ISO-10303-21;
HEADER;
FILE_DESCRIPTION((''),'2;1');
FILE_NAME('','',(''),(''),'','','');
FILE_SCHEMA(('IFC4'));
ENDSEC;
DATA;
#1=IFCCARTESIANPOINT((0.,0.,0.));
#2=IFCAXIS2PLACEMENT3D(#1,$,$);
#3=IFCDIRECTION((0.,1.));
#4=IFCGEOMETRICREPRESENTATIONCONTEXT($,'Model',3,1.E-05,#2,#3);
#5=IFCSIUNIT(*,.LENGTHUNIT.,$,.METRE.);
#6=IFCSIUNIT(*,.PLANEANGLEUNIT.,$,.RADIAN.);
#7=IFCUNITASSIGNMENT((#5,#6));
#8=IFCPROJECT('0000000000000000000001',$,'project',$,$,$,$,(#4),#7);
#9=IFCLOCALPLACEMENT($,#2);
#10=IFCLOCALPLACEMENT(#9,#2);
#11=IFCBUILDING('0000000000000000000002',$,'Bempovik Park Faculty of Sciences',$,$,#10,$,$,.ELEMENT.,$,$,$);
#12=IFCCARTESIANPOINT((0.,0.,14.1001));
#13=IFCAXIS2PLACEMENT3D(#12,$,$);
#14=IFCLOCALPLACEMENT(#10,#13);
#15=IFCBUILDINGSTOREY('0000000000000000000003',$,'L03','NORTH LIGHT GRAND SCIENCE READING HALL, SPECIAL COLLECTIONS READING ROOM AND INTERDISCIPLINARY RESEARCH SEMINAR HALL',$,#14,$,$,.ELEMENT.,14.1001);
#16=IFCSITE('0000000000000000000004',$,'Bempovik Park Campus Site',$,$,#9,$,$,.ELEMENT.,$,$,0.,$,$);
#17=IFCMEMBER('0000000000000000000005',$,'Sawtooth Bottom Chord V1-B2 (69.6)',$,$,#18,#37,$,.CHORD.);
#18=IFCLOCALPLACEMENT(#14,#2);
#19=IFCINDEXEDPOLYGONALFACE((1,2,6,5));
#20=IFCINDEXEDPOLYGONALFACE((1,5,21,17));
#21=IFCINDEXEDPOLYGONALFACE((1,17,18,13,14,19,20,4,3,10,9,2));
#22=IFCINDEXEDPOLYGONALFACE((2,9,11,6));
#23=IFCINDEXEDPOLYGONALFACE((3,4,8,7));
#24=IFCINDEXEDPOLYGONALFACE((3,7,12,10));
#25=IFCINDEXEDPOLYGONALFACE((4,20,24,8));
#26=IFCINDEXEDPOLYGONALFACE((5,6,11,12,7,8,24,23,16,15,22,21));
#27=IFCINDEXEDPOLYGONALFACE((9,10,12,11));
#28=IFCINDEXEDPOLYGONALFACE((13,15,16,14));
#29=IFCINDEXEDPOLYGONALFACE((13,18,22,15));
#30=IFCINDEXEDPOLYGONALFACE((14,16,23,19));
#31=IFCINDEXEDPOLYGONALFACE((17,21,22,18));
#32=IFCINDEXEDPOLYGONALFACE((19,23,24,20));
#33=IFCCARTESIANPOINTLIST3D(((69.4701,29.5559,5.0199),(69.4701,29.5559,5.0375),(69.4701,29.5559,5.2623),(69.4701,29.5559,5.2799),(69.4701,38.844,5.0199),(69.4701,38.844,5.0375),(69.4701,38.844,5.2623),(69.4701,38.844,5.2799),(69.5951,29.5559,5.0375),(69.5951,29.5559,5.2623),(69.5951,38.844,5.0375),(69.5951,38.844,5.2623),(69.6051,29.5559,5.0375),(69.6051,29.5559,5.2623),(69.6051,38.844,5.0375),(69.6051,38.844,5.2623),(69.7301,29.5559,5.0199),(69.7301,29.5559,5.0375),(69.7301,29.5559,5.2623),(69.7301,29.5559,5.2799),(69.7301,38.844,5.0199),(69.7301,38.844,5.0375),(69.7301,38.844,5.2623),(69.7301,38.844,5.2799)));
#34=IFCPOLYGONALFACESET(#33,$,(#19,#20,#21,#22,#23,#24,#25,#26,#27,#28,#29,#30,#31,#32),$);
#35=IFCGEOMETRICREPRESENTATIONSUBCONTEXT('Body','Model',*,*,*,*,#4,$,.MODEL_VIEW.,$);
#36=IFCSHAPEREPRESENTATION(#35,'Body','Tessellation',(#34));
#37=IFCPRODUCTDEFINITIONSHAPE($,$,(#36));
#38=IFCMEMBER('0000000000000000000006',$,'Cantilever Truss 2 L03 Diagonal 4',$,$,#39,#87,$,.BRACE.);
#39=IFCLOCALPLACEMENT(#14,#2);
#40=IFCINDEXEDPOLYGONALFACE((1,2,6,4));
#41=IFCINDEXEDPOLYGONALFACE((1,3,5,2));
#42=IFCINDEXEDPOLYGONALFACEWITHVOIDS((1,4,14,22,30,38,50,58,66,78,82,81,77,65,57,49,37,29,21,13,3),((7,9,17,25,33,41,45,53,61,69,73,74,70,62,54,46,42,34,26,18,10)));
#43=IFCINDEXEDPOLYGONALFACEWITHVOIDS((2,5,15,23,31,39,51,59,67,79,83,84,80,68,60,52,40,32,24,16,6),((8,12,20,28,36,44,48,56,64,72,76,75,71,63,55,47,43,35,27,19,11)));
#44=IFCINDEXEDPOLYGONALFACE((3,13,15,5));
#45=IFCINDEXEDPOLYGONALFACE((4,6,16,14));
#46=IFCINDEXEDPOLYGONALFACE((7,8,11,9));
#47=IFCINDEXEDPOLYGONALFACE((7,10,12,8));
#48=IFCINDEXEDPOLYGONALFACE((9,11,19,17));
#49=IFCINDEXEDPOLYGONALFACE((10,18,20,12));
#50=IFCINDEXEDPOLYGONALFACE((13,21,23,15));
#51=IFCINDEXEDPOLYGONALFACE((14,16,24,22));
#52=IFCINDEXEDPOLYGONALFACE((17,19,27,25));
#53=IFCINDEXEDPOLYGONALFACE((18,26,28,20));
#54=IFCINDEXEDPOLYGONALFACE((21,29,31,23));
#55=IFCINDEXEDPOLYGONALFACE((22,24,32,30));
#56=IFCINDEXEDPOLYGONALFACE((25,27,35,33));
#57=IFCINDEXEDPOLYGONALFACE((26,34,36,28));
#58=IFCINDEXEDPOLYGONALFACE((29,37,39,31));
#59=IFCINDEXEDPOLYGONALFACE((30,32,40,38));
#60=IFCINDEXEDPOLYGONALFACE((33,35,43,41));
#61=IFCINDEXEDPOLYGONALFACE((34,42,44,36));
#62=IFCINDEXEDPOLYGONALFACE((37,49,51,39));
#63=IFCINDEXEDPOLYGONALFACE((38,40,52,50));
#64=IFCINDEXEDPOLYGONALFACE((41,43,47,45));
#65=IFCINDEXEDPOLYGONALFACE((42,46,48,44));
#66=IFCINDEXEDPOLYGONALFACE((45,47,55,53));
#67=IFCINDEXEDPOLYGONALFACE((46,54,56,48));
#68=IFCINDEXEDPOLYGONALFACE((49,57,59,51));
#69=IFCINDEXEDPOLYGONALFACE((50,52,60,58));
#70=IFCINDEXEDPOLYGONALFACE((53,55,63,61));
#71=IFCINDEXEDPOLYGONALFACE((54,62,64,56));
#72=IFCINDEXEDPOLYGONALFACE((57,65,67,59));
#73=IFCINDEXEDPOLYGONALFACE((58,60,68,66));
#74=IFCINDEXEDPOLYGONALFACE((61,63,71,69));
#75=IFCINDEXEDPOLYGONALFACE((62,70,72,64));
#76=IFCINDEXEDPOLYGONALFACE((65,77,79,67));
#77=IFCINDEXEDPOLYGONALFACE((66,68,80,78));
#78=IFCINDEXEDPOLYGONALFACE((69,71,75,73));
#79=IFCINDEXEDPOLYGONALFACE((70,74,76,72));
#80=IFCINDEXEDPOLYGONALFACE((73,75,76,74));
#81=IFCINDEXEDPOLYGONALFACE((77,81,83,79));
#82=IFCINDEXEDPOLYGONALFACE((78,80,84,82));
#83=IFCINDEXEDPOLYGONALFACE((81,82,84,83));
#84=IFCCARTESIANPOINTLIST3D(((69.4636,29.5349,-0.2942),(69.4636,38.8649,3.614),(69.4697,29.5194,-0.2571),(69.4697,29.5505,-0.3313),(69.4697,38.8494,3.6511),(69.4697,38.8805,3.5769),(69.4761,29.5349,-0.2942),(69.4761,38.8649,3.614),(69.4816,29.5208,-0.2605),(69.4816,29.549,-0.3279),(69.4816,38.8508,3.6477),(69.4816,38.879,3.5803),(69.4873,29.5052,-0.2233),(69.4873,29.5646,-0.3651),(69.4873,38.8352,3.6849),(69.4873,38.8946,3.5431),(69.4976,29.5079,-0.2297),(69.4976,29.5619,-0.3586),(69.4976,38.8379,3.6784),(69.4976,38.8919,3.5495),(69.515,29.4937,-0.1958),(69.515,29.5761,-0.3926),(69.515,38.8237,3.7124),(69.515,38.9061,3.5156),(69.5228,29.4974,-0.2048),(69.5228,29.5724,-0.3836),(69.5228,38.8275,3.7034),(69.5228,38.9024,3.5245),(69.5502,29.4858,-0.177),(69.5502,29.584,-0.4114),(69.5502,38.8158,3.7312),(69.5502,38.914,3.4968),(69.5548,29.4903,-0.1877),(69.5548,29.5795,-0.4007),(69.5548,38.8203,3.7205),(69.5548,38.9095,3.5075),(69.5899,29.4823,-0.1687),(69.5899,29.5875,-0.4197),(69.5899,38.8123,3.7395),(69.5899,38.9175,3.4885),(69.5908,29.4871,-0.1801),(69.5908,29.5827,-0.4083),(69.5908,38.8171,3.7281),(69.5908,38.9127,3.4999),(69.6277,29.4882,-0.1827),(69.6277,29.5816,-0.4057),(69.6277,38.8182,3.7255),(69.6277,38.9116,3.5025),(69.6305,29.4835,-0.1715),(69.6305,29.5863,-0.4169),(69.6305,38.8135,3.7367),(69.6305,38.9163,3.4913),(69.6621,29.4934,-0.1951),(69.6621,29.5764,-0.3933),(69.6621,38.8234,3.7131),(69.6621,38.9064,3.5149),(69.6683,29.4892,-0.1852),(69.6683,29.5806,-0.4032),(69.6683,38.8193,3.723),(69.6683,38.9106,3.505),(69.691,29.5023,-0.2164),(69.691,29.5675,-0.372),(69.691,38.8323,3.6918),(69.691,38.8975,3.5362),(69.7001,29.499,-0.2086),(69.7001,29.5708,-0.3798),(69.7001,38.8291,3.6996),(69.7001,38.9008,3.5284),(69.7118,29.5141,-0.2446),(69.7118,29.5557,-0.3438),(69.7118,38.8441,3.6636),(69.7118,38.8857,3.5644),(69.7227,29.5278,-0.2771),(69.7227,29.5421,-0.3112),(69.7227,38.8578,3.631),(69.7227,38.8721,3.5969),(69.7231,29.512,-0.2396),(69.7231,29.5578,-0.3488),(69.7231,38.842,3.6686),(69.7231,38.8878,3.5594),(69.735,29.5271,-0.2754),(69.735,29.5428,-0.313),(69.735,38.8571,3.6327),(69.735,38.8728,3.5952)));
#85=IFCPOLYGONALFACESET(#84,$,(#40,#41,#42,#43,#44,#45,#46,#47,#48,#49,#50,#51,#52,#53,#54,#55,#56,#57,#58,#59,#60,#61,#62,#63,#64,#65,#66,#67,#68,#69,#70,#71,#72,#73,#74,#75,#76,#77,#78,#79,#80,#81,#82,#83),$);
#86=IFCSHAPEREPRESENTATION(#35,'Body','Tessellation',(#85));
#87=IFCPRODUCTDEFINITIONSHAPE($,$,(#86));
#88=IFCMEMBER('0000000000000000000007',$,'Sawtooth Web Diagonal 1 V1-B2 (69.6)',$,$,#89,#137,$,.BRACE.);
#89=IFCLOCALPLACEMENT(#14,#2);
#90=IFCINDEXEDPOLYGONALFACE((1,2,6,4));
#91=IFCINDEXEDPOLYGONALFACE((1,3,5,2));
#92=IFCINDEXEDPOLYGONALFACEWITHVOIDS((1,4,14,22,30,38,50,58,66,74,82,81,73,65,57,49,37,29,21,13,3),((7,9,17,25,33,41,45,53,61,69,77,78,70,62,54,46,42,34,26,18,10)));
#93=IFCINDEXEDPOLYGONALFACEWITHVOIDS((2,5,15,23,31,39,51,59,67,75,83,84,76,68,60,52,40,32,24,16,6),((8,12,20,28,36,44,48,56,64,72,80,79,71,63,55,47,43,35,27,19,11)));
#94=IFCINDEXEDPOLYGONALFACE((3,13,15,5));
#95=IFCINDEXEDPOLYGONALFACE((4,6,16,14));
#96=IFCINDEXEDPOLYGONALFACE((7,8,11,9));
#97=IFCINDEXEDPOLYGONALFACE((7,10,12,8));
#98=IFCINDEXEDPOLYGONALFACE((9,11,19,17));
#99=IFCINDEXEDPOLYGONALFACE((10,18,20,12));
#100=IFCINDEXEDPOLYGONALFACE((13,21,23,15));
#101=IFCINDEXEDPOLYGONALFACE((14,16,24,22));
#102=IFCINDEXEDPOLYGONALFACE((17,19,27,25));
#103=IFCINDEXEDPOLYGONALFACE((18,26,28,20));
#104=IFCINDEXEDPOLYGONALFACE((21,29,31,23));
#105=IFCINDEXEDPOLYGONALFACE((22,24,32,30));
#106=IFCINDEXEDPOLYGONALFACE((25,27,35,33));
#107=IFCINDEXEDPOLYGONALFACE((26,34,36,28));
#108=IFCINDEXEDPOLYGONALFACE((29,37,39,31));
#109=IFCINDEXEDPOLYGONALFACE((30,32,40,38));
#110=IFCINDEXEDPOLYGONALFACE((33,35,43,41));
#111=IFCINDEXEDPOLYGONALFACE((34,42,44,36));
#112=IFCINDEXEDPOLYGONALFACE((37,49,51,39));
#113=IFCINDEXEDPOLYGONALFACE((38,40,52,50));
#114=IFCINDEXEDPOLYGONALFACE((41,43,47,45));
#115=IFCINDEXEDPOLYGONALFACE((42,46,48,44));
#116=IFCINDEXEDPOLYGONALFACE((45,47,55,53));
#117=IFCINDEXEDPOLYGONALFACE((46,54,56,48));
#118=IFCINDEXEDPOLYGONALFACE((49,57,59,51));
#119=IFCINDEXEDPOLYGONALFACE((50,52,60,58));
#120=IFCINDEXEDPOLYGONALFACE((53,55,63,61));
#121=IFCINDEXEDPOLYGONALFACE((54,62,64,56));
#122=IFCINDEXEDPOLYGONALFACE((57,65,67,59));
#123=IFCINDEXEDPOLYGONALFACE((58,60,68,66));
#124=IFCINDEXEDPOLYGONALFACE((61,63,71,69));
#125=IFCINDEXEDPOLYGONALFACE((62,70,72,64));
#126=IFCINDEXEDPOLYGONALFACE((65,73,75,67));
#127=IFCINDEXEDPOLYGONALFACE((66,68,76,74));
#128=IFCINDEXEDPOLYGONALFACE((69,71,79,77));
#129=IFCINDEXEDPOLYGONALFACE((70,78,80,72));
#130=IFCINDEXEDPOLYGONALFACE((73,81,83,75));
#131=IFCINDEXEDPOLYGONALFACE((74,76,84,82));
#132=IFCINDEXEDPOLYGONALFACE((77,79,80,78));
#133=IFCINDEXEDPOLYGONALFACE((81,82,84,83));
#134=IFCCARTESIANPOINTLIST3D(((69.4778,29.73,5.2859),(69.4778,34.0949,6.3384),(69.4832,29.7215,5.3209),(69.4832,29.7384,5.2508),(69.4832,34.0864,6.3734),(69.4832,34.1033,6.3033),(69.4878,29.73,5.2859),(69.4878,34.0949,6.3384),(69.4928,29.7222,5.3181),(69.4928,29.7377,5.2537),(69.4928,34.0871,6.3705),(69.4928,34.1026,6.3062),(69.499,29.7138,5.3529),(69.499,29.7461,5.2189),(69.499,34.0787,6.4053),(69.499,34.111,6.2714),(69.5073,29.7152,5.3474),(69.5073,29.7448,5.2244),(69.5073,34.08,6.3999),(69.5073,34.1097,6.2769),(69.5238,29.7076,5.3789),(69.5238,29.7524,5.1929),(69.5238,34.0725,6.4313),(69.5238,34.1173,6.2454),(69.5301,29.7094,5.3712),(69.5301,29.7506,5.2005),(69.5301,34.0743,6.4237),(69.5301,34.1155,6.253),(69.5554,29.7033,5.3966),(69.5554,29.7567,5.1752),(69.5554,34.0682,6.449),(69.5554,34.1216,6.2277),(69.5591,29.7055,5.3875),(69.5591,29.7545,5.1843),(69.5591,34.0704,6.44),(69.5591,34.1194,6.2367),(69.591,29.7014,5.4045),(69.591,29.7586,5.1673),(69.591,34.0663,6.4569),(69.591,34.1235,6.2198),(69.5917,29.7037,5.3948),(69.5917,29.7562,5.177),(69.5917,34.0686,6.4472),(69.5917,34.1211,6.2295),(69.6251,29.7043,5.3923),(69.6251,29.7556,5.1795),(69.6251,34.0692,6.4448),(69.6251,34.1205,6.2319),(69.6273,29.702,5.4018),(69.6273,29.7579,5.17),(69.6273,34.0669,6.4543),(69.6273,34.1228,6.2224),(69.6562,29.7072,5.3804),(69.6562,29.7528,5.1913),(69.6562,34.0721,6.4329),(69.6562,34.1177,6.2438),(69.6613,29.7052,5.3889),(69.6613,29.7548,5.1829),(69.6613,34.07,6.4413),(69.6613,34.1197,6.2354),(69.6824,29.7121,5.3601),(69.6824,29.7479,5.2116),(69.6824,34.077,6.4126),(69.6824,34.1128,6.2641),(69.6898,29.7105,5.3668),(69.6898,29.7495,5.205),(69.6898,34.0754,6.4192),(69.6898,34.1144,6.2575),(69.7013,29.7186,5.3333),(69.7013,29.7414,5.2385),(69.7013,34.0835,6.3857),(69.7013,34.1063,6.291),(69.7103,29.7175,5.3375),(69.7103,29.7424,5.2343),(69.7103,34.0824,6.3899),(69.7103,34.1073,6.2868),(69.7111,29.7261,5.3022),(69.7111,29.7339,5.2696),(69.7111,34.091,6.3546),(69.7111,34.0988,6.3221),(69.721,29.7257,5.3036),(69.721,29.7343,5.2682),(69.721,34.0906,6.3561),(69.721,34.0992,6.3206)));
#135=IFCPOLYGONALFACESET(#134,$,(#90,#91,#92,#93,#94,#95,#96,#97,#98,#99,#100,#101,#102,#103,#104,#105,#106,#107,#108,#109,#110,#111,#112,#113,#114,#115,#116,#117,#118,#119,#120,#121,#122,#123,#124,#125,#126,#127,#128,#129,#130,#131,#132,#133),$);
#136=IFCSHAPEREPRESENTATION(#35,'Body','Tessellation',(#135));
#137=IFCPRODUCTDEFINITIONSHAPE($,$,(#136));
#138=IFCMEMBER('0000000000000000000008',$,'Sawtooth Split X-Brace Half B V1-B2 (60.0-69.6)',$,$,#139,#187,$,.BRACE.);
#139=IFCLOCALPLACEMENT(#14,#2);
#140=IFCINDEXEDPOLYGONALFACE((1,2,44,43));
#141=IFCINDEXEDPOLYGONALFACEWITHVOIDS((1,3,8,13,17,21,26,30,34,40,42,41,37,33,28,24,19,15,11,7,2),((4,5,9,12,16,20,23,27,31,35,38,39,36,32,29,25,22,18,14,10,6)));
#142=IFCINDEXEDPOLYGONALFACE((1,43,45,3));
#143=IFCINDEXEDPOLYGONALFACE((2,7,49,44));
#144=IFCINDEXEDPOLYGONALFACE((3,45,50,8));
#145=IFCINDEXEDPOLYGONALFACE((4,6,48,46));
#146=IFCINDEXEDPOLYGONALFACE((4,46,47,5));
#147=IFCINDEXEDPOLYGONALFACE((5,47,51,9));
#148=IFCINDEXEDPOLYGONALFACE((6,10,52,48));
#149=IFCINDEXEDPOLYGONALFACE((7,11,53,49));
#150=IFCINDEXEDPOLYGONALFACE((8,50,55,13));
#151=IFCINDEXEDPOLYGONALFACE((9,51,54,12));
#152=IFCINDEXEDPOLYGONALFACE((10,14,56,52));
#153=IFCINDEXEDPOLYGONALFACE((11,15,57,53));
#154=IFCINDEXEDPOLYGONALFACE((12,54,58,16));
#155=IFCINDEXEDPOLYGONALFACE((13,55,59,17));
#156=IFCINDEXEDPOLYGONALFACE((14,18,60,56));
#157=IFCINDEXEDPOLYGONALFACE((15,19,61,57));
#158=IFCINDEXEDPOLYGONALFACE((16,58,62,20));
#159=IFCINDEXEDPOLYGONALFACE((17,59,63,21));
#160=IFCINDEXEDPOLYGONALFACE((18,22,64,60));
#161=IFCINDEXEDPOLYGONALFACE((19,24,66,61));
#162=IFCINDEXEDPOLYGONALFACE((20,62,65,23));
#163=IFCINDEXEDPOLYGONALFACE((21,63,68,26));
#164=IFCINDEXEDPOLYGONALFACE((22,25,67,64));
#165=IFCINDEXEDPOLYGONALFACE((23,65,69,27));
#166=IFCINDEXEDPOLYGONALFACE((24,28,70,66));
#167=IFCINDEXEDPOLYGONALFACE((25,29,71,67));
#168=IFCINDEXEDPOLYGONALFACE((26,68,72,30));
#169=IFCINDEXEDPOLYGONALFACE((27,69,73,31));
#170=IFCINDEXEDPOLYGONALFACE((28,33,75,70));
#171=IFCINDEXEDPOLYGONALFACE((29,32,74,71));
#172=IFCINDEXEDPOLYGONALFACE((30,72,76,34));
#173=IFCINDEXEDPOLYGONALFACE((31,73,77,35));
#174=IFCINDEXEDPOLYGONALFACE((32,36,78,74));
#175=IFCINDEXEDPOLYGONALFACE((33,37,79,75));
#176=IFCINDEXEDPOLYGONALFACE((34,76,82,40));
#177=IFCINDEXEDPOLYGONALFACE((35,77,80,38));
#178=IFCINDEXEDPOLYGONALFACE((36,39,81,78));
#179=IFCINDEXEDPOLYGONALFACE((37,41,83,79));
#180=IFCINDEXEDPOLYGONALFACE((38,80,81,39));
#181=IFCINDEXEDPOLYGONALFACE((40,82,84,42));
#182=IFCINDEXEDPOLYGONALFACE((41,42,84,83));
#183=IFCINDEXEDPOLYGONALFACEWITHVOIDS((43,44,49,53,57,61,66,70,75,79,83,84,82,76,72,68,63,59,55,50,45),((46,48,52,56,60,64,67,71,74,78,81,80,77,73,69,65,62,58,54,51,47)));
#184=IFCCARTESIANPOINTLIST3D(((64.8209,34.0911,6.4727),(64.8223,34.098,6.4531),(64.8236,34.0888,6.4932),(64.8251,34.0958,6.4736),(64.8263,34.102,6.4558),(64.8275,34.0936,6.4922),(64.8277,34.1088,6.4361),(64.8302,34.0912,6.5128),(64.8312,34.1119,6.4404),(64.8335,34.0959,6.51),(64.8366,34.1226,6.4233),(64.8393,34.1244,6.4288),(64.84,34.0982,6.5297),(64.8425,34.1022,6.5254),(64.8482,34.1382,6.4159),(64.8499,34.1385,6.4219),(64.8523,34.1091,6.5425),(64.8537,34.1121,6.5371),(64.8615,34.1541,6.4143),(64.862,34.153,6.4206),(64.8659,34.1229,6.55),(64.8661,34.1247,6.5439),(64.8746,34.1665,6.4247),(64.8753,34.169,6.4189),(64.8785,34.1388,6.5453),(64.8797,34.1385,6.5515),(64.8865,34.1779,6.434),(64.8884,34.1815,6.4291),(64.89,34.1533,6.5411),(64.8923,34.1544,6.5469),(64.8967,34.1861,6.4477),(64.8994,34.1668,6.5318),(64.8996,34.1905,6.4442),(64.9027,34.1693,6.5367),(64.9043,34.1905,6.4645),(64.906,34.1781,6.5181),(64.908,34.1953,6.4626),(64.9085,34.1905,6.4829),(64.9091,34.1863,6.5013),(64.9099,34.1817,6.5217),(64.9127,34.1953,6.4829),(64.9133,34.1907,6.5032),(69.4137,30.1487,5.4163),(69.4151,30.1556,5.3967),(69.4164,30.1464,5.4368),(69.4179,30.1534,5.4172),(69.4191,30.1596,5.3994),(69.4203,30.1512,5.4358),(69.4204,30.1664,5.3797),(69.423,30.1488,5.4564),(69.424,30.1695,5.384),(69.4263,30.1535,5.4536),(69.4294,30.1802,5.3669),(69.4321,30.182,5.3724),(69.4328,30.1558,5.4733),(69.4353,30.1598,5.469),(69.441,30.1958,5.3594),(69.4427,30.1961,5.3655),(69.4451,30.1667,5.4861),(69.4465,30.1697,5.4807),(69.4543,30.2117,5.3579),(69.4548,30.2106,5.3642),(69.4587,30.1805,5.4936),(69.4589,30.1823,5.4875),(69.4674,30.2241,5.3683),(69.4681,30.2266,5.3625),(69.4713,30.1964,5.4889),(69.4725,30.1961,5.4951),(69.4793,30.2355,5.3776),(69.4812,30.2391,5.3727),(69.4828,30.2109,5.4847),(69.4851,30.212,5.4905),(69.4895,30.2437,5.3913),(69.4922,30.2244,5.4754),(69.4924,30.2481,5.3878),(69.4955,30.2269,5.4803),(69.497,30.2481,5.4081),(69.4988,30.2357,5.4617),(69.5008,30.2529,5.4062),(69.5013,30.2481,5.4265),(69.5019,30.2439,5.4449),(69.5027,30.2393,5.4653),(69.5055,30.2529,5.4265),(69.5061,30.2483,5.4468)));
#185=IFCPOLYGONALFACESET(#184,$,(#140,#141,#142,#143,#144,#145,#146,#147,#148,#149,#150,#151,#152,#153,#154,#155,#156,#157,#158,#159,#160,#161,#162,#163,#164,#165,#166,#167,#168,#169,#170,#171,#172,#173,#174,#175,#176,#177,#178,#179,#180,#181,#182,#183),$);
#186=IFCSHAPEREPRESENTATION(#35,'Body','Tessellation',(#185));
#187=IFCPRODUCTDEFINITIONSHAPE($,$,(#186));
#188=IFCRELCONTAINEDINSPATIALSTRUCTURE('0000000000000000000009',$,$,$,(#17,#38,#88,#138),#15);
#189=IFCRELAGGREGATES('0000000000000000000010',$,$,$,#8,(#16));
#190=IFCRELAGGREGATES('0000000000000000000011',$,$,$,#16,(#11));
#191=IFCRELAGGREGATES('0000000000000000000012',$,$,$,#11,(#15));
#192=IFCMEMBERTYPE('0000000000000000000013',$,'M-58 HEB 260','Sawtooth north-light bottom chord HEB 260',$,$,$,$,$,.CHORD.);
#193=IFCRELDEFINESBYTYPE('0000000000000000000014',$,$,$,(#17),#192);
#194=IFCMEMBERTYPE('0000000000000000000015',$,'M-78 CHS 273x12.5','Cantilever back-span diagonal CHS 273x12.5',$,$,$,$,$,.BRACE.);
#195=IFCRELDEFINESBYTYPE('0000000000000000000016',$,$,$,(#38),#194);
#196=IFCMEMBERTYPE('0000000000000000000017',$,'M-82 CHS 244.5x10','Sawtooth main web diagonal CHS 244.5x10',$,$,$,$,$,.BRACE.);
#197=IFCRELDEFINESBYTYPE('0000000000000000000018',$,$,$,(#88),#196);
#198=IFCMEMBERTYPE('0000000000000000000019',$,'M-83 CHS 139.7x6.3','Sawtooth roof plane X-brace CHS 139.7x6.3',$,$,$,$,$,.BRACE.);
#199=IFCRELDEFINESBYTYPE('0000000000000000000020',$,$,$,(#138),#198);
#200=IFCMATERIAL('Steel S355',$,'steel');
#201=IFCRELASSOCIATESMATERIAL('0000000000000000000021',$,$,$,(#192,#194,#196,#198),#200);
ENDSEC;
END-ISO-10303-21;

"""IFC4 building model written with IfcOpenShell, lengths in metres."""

from ifc_helpers import new_model, si_unit, direction, frame, origin, origin_2d, place, context, subcontext, project, spatial, hollow_circle, i_section, extrude, material, material_profile, profile_set, type_object, element, save


model = new_model("IFC4")

# Units and contexts
model_context = context("Model", 3, precision=1e-05, world=origin(), true_north=direction((0.0, 1.0)))
body_context = subcontext(model_context, "Body", "Model", "MODEL_VIEW")
ifc_project = project(units=[si_unit("LENGTHUNIT", "METRE"), si_unit("PLANEANGLEUNIT", "RADIAN")], contexts=[model_context])

# Site, building, storey
site_placement = place(None, origin())
site = spatial("IfcSite", under=ifc_project, at=site_placement, Name="Bempovik Park Campus Site", CompositionType="ELEMENT", RefElevation=0.0)
building_placement = place(site_placement, origin())
building = spatial("IfcBuilding", under=site, at=building_placement, Name="Bempovik Park Faculty of Sciences", CompositionType="ELEMENT")
storey_placement = place(building_placement, frame((0.0, 0.0, 14.1001)))
storey = spatial("IfcBuildingStorey", under=building, at=storey_placement, Name="L03", Description="NORTH LIGHT GRAND SCIENCE READING HALL, SPECIAL COLLECTIONS READING ROOM AND INTERDISCIPLINARY RESEARCH SEMINAR HALL", CompositionType="ELEMENT", Elevation=14.1001)

# Shared definitions
ifc_material_1 = material(Name="Steel S355", Category="steel")

# Members
ifc_material_profile_1 = material_profile(ifc_material_1, i_section(OverallWidth=0.26, OverallDepth=0.26, WebThickness=0.01, FlangeThickness=0.0176, at=origin_2d()), Name="HEB 260")
ifc_profile_set_1 = profile_set([ifc_material_profile_1], Name="Steel S355")
member_type_1 = type_object("IfcMemberType", Name="M-58 HEB 260", Description="Sawtooth north-light bottom chord HEB 260", PredefinedType="CHORD", material=ifc_profile_set_1)
member_1_placement = place(storey_placement, frame((69.6001, 29.5559, 5.1499), z_axis=(0.0, 1.0, 0.0), x_axis=(-1.0, 0.0, 0.0)))
element("IfcMember", 1, at=member_1_placement, inside=storey, type_object=member_type_1, Name="Sawtooth Bottom Chord V1-B2 (69.6)", PredefinedType="CHORD", context=body_context, shape_type="SweptSolid", body=[
    extrude(i_section(OverallWidth=0.26, OverallDepth=0.26, WebThickness=0.01, FlangeThickness=0.0176, at=origin_2d()), origin(), (0.0, 0.0, 1.0), 9.2881),
])
ifc_material_profile_2 = material_profile(ifc_material_1, hollow_circle(Radius=0.1365, WallThickness=0.0125, at=origin_2d()), Name="CHS 273x12.5")
ifc_profile_set_2 = profile_set([ifc_material_profile_2], Name="Steel S355")
member_type_2 = type_object("IfcMemberType", Name="M-78 CHS 273x12.5", Description="Cantilever back-span diagonal CHS 273x12.5", PredefinedType="BRACE", material=ifc_profile_set_2)
member_2_placement = place(storey_placement, frame((69.6001, 29.5349, -0.2942), z_axis=(0.0, 0.92235, 0.386356), x_axis=(-1.0, 0.0, 0.0)))
element("IfcMember", 2, at=member_2_placement, inside=storey, type_object=member_type_2, Name="Cantilever Truss 2 L03 Diagonal 4", PredefinedType="BRACE", context=body_context, shape_type="SweptSolid", body=[
    extrude(hollow_circle(Radius=0.1365, WallThickness=0.0125, at=origin_2d()), origin(), (0.0, 0.0, 1.0), 10.1155),
])
ifc_material_profile_3 = material_profile(ifc_material_1, hollow_circle(Radius=0.1223, WallThickness=0.01, at=origin_2d()), Name="CHS 244.5x10")
ifc_profile_set_3 = profile_set([ifc_material_profile_3], Name="Steel S355")
member_type_3 = type_object("IfcMemberType", Name="M-82 CHS 244.5x10", Description="Sawtooth main web diagonal CHS 244.5x10", PredefinedType="BRACE", material=ifc_profile_set_3)
member_3_placement = place(storey_placement, frame((69.6001, 29.73, 5.2859), z_axis=(0.0, 0.972139, 0.234403), x_axis=(-1.0, 0.0, 0.0)))
element("IfcMember", 3, at=member_3_placement, inside=storey, type_object=member_type_3, Name="Sawtooth Web Diagonal 1 V1-B2 (69.6)", PredefinedType="BRACE", context=body_context, shape_type="SweptSolid", body=[
    extrude(hollow_circle(Radius=0.1223, WallThickness=0.01, at=origin_2d()), origin(), (0.0, 0.0, 1.0), 4.49),
])
ifc_material_profile_4 = material_profile(ifc_material_1, hollow_circle(Radius=0.0698, WallThickness=0.0063, at=origin_2d()), Name="CHS 139.7x6.3")
ifc_profile_set_4 = profile_set([ifc_material_profile_4], Name="Steel S355")
member_type_4 = type_object("IfcMemberType", Name="M-83 CHS 139.7x6.3", Description="Sawtooth roof plane X-brace CHS 139.7x6.3", PredefinedType="BRACE", material=ifc_profile_set_4)
member_4_placement = place(storey_placement, frame((64.8672, 34.1423, 6.4829), z_axis=(0.74749, -0.641637, -0.171932), x_axis=(0.651336, 0.758789, 0.0)))
element("IfcMember", 4, at=member_4_placement, inside=storey, type_object=member_type_4, Name="Sawtooth Split X-Brace Half B V1-B2 (60.0-69.6)", PredefinedType="BRACE", context=body_context, shape_type="SweptSolid", body=[
    extrude(hollow_circle(Radius=0.0698, WallThickness=0.0063, at=origin_2d()), origin(), (0.0, 0.0, 1.0), 6.1443),
])

save(model, "model.ifc")
